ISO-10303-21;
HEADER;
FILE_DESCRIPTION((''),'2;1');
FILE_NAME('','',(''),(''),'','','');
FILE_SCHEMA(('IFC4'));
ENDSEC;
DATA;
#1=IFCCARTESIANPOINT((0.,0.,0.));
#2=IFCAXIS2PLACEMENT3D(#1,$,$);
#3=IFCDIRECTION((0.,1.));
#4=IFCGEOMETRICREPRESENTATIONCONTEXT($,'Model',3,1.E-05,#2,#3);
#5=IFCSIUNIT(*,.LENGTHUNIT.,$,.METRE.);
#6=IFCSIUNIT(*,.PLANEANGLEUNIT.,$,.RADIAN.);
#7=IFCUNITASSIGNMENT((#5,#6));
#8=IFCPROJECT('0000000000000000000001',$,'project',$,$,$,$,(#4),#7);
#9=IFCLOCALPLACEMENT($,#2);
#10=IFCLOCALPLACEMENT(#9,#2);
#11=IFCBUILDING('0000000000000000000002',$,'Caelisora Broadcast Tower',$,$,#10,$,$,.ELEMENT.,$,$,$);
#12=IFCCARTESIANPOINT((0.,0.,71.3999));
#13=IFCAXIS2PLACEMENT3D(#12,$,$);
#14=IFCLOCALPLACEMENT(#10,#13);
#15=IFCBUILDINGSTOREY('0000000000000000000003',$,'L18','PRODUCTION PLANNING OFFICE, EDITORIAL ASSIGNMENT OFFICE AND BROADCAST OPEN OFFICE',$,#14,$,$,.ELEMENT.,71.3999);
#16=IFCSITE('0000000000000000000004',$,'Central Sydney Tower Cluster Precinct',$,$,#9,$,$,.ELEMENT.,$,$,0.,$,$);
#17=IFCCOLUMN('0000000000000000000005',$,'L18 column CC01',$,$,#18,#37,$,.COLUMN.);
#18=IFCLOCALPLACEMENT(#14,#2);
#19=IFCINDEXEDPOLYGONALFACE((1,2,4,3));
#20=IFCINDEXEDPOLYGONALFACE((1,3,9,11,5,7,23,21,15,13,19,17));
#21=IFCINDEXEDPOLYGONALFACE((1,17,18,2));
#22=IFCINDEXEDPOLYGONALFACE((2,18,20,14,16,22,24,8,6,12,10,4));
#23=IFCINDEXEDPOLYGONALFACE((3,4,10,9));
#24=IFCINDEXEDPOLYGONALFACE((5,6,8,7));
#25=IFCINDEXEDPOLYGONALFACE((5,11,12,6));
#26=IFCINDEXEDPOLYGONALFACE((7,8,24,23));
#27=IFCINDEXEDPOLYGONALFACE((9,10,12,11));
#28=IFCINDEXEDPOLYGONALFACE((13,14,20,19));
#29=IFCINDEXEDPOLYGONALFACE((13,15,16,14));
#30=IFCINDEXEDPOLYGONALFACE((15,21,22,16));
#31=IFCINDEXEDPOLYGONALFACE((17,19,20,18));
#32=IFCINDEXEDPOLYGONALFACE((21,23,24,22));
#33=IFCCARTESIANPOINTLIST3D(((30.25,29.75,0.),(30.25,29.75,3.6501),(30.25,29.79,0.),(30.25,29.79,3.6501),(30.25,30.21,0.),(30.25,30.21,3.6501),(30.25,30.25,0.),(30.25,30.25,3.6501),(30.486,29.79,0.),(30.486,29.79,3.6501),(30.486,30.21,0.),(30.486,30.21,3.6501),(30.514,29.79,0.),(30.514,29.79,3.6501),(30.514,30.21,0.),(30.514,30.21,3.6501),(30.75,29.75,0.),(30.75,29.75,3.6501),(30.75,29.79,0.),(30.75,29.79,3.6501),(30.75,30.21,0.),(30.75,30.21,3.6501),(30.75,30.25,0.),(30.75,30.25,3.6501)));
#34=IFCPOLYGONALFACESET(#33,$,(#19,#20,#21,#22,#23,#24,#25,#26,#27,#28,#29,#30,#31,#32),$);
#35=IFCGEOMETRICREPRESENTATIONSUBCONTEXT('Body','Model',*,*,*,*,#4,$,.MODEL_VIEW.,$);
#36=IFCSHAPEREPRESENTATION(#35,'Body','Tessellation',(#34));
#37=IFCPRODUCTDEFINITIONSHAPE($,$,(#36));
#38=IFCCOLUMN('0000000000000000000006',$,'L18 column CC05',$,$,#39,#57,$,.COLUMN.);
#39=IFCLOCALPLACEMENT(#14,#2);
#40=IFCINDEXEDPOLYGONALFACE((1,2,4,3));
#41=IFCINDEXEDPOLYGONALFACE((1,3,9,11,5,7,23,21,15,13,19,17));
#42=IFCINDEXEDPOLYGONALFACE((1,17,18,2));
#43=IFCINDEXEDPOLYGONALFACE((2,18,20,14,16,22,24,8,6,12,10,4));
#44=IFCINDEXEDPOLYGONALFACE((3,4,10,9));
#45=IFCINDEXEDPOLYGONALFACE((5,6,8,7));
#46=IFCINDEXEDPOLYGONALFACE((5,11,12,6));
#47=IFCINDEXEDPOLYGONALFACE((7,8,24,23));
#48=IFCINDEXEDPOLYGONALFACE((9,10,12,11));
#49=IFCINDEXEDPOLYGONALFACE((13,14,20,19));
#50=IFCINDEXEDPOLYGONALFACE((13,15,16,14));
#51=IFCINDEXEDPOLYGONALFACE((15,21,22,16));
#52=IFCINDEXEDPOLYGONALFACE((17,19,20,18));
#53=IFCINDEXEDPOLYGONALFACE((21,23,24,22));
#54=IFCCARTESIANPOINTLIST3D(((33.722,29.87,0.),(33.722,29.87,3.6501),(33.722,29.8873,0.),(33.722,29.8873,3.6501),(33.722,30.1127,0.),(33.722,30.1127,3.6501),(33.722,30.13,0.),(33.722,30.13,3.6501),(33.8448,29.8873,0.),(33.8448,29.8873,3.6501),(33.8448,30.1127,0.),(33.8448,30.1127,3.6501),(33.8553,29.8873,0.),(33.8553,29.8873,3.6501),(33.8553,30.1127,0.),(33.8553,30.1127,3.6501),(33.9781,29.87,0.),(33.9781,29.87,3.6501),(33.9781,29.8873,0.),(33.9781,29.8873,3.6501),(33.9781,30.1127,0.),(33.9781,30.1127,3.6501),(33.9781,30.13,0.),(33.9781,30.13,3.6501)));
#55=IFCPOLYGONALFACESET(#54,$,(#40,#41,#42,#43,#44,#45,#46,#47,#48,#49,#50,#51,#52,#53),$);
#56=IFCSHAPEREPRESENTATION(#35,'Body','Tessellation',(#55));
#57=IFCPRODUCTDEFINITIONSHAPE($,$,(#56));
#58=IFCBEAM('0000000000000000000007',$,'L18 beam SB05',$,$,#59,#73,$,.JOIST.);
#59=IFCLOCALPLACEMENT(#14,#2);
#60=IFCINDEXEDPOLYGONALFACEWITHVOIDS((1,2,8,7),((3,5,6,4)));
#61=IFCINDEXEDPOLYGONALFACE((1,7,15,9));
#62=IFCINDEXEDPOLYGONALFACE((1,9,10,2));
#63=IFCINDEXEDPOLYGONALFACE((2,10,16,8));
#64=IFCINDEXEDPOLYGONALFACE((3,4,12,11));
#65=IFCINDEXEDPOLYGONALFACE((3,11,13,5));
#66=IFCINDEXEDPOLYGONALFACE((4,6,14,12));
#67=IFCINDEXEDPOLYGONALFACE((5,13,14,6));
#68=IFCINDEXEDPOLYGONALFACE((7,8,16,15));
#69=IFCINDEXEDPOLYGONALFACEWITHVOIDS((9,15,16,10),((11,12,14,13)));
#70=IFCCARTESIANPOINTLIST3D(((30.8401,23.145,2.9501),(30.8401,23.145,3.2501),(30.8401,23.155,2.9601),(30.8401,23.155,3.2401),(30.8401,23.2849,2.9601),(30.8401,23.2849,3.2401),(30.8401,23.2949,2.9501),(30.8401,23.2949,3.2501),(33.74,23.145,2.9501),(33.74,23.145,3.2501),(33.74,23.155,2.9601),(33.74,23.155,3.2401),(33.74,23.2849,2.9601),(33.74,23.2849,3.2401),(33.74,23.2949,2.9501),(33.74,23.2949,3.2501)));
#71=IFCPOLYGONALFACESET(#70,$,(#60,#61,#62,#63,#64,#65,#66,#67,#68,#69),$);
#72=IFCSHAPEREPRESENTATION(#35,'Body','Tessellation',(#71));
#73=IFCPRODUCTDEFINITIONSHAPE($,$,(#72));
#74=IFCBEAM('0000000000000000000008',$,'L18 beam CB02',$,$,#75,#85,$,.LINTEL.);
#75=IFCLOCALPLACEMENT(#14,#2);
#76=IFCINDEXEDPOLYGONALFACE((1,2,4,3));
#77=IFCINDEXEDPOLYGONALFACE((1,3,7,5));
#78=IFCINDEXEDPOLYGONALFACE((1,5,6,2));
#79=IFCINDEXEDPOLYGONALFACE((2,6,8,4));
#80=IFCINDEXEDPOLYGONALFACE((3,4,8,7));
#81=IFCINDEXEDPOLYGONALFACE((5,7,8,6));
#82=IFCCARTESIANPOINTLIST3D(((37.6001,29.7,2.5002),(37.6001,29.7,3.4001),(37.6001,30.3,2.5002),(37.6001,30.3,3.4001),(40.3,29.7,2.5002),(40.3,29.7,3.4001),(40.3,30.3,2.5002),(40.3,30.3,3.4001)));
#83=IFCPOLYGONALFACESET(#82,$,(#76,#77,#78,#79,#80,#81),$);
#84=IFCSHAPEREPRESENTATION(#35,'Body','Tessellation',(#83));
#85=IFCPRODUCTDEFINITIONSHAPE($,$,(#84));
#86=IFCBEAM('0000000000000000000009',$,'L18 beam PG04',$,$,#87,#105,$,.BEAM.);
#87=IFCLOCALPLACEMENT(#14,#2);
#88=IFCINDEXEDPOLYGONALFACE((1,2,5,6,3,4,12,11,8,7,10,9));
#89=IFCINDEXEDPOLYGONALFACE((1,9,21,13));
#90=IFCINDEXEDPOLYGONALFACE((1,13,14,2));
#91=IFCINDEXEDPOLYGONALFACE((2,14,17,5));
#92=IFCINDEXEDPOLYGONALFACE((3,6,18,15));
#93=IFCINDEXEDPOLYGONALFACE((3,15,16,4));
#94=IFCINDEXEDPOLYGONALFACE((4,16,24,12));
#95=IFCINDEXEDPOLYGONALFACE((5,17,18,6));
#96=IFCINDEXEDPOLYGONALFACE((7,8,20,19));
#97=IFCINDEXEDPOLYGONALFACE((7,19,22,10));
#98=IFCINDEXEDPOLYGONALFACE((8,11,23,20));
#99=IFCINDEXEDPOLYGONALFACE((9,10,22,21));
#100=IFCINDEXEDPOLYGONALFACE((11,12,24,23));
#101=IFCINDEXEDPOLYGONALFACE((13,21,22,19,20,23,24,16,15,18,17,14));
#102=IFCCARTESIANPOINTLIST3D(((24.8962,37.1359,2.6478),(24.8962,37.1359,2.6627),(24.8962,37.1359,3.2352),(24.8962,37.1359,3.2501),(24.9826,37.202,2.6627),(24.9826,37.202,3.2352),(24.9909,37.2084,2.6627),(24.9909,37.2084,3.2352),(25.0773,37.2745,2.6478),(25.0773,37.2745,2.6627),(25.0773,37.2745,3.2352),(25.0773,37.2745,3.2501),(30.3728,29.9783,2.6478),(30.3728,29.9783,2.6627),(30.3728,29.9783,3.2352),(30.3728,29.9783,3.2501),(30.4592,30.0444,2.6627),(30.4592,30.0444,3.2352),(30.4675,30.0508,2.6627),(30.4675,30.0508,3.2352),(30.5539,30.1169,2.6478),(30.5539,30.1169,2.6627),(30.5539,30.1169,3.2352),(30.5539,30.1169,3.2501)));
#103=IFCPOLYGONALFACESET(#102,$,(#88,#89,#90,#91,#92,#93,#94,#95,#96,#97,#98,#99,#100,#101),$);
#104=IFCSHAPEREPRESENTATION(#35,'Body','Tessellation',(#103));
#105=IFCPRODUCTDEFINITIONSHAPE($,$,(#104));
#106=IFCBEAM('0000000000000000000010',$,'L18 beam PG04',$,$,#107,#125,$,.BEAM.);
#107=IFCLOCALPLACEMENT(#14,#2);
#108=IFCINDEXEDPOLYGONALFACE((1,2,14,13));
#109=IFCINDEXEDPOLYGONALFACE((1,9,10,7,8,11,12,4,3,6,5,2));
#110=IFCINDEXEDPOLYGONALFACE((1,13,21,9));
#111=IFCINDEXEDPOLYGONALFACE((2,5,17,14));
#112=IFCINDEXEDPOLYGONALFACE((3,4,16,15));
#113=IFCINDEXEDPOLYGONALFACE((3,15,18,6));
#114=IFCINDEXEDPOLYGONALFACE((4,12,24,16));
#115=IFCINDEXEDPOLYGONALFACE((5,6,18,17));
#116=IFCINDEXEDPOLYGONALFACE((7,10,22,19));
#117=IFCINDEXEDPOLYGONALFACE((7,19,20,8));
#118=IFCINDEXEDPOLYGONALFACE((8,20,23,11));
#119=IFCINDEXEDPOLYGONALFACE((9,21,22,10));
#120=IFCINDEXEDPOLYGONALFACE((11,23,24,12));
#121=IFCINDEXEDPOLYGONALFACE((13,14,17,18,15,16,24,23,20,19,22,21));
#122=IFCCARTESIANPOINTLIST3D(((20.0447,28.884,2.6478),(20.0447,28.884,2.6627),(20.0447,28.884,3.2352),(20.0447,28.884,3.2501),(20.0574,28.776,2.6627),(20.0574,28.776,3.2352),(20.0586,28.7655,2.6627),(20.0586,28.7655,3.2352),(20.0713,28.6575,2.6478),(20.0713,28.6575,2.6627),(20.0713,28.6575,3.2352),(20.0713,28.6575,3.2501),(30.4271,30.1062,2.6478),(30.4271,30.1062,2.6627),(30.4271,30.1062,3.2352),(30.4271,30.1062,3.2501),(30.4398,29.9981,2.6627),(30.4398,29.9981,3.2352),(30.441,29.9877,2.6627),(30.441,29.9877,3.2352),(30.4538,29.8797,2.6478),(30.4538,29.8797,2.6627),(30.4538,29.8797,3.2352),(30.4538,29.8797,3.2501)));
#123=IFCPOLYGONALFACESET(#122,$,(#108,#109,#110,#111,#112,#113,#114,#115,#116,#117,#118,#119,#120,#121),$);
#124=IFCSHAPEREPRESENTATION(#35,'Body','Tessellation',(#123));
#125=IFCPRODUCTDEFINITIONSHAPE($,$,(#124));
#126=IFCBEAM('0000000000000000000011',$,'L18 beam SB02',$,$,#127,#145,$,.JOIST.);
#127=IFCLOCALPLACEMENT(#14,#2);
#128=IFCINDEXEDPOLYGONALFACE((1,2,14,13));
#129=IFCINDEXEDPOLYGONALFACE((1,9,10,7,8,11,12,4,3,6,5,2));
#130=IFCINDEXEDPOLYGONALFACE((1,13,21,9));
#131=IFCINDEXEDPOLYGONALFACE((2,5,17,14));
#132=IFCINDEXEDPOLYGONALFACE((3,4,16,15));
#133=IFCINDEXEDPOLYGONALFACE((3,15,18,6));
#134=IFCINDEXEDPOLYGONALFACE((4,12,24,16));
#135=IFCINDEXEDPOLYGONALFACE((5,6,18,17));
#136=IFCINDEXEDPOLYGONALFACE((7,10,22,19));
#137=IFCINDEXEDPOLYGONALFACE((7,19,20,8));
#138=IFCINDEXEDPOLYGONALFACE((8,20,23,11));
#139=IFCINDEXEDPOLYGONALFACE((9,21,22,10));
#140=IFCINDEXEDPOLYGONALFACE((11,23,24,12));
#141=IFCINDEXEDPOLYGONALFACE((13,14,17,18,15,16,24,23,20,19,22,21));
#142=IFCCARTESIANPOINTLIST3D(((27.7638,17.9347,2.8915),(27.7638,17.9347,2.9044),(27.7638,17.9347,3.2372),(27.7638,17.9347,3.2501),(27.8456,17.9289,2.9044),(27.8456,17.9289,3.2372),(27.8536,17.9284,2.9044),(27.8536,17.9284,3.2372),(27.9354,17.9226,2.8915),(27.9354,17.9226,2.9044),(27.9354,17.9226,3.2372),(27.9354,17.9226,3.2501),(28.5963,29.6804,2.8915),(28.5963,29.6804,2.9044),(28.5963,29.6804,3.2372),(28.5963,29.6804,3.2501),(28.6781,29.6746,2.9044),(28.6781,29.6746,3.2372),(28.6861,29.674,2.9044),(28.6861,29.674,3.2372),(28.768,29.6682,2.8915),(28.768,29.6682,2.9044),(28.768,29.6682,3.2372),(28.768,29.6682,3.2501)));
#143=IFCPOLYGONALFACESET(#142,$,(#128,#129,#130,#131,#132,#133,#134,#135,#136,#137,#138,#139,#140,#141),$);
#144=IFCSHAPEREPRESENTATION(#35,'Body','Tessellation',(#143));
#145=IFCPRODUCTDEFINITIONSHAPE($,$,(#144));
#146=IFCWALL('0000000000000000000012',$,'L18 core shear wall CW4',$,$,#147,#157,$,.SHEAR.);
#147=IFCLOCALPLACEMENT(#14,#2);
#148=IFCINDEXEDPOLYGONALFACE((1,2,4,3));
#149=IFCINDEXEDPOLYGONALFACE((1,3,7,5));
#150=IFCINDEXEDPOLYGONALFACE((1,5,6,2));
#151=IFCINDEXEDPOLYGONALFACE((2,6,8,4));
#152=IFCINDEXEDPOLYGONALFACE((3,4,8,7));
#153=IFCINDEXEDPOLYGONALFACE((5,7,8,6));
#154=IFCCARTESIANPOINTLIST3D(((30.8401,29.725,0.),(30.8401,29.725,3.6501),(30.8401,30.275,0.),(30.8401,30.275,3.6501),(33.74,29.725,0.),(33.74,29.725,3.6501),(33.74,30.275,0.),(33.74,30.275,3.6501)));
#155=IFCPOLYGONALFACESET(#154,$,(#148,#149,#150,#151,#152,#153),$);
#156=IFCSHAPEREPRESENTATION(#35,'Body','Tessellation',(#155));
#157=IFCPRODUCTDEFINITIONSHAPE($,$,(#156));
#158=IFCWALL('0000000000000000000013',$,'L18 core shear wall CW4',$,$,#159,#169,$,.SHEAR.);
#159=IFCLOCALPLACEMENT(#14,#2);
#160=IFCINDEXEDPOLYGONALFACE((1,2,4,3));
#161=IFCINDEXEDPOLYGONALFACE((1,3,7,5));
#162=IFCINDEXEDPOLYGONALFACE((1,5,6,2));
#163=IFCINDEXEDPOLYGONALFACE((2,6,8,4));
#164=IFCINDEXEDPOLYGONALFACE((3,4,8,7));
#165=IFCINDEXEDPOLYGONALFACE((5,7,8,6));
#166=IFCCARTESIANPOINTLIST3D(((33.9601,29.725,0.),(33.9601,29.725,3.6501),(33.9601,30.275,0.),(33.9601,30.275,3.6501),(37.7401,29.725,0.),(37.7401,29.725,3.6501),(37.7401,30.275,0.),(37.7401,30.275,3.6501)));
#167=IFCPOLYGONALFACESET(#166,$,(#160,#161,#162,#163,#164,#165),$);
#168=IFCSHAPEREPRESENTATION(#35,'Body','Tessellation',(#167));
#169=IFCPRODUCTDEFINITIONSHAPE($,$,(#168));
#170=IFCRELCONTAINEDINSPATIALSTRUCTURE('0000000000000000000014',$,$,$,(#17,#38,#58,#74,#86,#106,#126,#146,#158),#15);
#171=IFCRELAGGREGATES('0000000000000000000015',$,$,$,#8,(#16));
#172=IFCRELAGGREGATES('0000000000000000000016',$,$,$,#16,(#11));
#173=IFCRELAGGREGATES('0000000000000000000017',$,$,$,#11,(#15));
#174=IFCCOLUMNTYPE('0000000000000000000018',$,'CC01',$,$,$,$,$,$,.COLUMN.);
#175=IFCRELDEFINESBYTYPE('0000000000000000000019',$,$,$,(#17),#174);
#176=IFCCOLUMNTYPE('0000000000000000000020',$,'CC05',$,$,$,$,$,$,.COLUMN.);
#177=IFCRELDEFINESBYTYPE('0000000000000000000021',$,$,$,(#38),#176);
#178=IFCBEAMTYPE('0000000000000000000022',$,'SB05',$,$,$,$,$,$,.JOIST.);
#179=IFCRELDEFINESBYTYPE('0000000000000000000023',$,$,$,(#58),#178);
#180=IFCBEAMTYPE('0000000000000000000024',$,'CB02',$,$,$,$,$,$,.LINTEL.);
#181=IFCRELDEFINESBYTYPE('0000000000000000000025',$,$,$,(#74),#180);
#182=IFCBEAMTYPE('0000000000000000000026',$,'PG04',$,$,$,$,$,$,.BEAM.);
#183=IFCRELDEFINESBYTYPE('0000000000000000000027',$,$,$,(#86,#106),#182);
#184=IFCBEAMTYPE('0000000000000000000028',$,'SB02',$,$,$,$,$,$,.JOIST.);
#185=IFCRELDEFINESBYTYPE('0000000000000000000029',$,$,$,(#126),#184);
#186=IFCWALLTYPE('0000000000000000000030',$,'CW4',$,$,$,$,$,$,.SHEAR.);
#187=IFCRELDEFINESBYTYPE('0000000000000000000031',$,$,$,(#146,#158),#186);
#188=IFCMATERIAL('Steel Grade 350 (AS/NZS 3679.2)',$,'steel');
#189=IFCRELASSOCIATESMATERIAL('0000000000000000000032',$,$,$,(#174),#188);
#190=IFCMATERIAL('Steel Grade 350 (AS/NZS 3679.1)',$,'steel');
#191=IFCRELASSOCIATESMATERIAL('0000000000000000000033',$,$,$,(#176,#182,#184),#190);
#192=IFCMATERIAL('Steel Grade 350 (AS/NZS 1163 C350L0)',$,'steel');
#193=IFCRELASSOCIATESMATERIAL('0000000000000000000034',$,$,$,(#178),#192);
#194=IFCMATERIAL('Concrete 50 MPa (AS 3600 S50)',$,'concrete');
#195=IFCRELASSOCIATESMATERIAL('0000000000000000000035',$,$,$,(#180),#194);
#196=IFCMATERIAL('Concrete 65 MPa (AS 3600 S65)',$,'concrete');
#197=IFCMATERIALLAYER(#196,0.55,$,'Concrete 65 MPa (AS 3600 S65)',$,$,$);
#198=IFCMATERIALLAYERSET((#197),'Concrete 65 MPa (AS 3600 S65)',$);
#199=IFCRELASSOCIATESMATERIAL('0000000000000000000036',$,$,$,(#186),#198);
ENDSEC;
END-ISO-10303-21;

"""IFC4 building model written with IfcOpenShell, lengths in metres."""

from ifc_helpers import new_model, si_unit, direction, frame, frame_2d, origin, origin_2d, place, context, subcontext, project, spatial, rectangle, hollow_rectangle, i_section, extrude, source, transform, mapped, material, layer, layer_set, material_profile, profile_set, type_object, type_shapes, element, save


model = new_model("IFC4")

# Units and contexts
model_context = context("Model", 3, precision=1e-05, world=origin(), true_north=direction((0.0, 1.0)))
body_context = subcontext(model_context, "Body", "Model", "MODEL_VIEW")
ifc_project = project(units=[si_unit("LENGTHUNIT", "METRE"), si_unit("PLANEANGLEUNIT", "RADIAN")], contexts=[model_context])

# Site, building, storey
site_placement = place(None, origin())
site = spatial("IfcSite", under=ifc_project, at=site_placement, Name="Central Sydney Tower Cluster Precinct", CompositionType="ELEMENT", RefElevation=0.0)
building_placement = place(site_placement, origin())
building = spatial("IfcBuilding", under=site, at=building_placement, Name="Caelisora Broadcast Tower", CompositionType="ELEMENT")
storey_placement = place(building_placement, frame((0.0, 0.0, 71.3999)))
storey = spatial("IfcBuildingStorey", under=building, at=storey_placement, Name="L18", Description="PRODUCTION PLANNING OFFICE, EDITORIAL ASSIGNMENT OFFICE AND BROADCAST OPEN OFFICE", CompositionType="ELEMENT", Elevation=71.3999)

# Columns
ifc_material_1 = material(Name="Steel Grade 350 (AS/NZS 3679.2)", Category="steel")
ifc_material_profile_1 = material_profile(ifc_material_1, i_section(OverallWidth=0.5, OverallDepth=0.5, WebThickness=0.0281, FlangeThickness=0.04, at=origin_2d()), Name="Steel Grade 350 (AS/NZS 3679.2)")
ifc_profile_set_1 = profile_set([ifc_material_profile_1], Name="Steel Grade 350 (AS/NZS 3679.2)")
column_type_1 = type_object("IfcColumnType", Name="CC01", PredefinedType="COLUMN", material=ifc_profile_set_1)
shared_shape_1 = source(origin(), body_context, "Body", "SweptSolid", [
    extrude(i_section(OverallWidth=0.5, OverallDepth=0.5, WebThickness=0.0281, FlangeThickness=0.04, at=origin_2d()), origin(), (0.0, 0.0, 1.0), 3.6501),
])
type_shapes(column_type_1, [shared_shape_1])
column_1_placement = place(storey_placement, frame((30.5, 30.0, 0.0), z_axis=(0.0, 0.0, 1.0), x_axis=(1.0, 0.0, 0.0)))
element("IfcColumn", 1, at=column_1_placement, inside=storey, type_object=column_type_1, Name="L18 column CC01", PredefinedType="COLUMN", context=body_context, shape_type="MappedRepresentation", body=[
    mapped(shared_shape_1, transform((0.0, 0.0, 0.0), scale=1.0)),
])
ifc_material_2 = material(Name="Steel Grade 350 (AS/NZS 3679.1)", Category="steel")
ifc_material_profile_2 = material_profile(ifc_material_2, i_section(OverallWidth=0.2561, OverallDepth=0.26, WebThickness=0.0105, FlangeThickness=0.0173, at=origin_2d()), Name="Steel Grade 350 (AS/NZS 3679.1)")
ifc_profile_set_2 = profile_set([ifc_material_profile_2], Name="Steel Grade 350 (AS/NZS 3679.1)")
column_type_2 = type_object("IfcColumnType", Name="CC05", PredefinedType="COLUMN", material=ifc_profile_set_2)
shared_shape_2 = source(origin(), body_context, "Body", "SweptSolid", [
    extrude(i_section(OverallWidth=0.2561, OverallDepth=0.26, WebThickness=0.0105, FlangeThickness=0.0173, at=origin_2d()), origin(), (0.0, 0.0, 1.0), 3.6501),
])
type_shapes(column_type_2, [shared_shape_2])
column_2_placement = place(storey_placement, frame((33.8501, 30.0, 0.0), z_axis=(0.0, 0.0, 1.0), x_axis=(1.0, 0.0, 0.0)))
element("IfcColumn", 2, at=column_2_placement, inside=storey, type_object=column_type_2, Name="L18 column CC05", PredefinedType="COLUMN", context=body_context, shape_type="MappedRepresentation", body=[
    mapped(shared_shape_2, transform((0.0, 0.0, 0.0), scale=1.0)),
])

# Beams
ifc_material_3 = material(Name="Steel Grade 350 (AS/NZS 1163 C350L0)", Category="steel")
ifc_material_profile_3 = material_profile(ifc_material_3, hollow_rectangle(XDim=0.1499, YDim=0.3, WallThickness=0.01, at=origin_2d()), Name="Steel Grade 350 (AS/NZS 1163 C350L0)")
ifc_profile_set_3 = profile_set([ifc_material_profile_3], Name="Steel Grade 350 (AS/NZS 1163 C350L0)")
beam_type_1 = type_object("IfcBeamType", Name="SB05", PredefinedType="JOIST", material=ifc_profile_set_3)
shared_shape_3 = source(origin(), body_context, "Body", "SweptSolid", [
    extrude(hollow_rectangle(XDim=0.1499, YDim=0.3, WallThickness=0.01, at=origin_2d()), origin(), (0.0, 0.0, 1.0), 2.8999),
])
type_shapes(beam_type_1, [shared_shape_3])
beam_1_placement = place(storey_placement, frame((30.8401, 23.22, 3.1001), z_axis=(1.0, 0.0, 0.0), x_axis=(0.0, 1.0, 0.0)))
element("IfcBeam", 3, at=beam_1_placement, inside=storey, type_object=beam_type_1, Name="L18 beam SB05", PredefinedType="JOIST", context=body_context, shape_type="MappedRepresentation", body=[
    mapped(shared_shape_3, transform((0.0, 0.0, 0.0), scale=1.0)),
])
ifc_material_4 = material(Name="Concrete 50 MPa (AS 3600 S50)", Category="concrete")
ifc_material_profile_4 = material_profile(ifc_material_4, rectangle(XDim=0.6001, YDim=0.8999, at=origin_2d()), Name="Concrete 50 MPa (AS 3600 S50)")
ifc_profile_set_4 = profile_set([ifc_material_profile_4], Name="Concrete 50 MPa (AS 3600 S50)")
beam_type_2 = type_object("IfcBeamType", Name="CB02", PredefinedType="LINTEL", material=ifc_profile_set_4)
shared_shape_4 = source(origin(), body_context, "Body", "SweptSolid", [
    extrude(rectangle(XDim=0.6001, YDim=0.8999, at=origin_2d()), origin(), (0.0, 0.0, 1.0), 2.7),
])
type_shapes(beam_type_2, [shared_shape_4])
beam_2_placement = place(storey_placement, frame((37.6001, 30.0, 2.9502), z_axis=(1.0, 0.0, 0.0), x_axis=(0.0, 1.0, 0.0)))
element("IfcBeam", 4, at=beam_2_placement, inside=storey, type_object=beam_type_2, Name="L18 beam CB02", PredefinedType="LINTEL", context=body_context, shape_type="MappedRepresentation", body=[
    mapped(shared_shape_4, transform((0.0, 0.0, 0.0), scale=1.0)),
])
ifc_material_profile_5 = material_profile(ifc_material_2, i_section(OverallWidth=0.228, OverallDepth=0.6023, WebThickness=0.0105, FlangeThickness=0.0149, at=origin_2d()), Name="Steel Grade 350 (AS/NZS 3679.1)")
ifc_profile_set_5 = profile_set([ifc_material_profile_5], Name="Steel Grade 350 (AS/NZS 3679.1)")
beam_type_3 = type_object("IfcBeamType", Name="PG04", PredefinedType="BEAM", material=ifc_profile_set_5)
shared_shape_5 = source(origin(), body_context, "Body", "SweptSolid", [
    extrude(i_section(OverallWidth=0.228, OverallDepth=0.6023, WebThickness=0.0105, FlangeThickness=0.0149, at=origin_2d()), origin(), (0.0, 0.0, 1.0), 9.0125),
])
beam_3_placement = place(storey_placement, frame((30.4634, 30.0476, 2.949), z_axis=(-0.607674, 0.794186, 0.0), x_axis=(-0.794186, -0.607674, 0.0)))
element("IfcBeam", 5, at=beam_3_placement, inside=storey, type_object=beam_type_3, Name="L18 beam PG04", PredefinedType="BEAM", context=body_context, shape_type="MappedRepresentation", body=[
    mapped(shared_shape_5, transform((0.0, 0.0, 0.0), scale=1.0)),
])
shared_shape_6 = source(origin(), body_context, "Body", "SweptSolid", [
    extrude(i_section(OverallWidth=0.228, OverallDepth=0.6023, WebThickness=0.0105, FlangeThickness=0.0149, at=origin_2d()), origin(), (0.0, 0.0, 1.0), 10.4541),
])
type_shapes(beam_type_3, [shared_shape_5, shared_shape_6])
beam_4_placement = place(storey_placement, frame((30.4404, 29.9929, 2.949), z_axis=(-0.993143, -0.116909, 0.0), x_axis=(0.116909, -0.993143, 0.0)))
element("IfcBeam", 6, at=beam_4_placement, inside=storey, type_object=beam_type_3, Name="L18 beam PG04", PredefinedType="BEAM", context=body_context, shape_type="MappedRepresentation", body=[
    mapped(shared_shape_6, transform((0.0, 0.0, 0.0), scale=1.0)),
])
ifc_material_profile_6 = material_profile(ifc_material_2, i_section(OverallWidth=0.1721, OverallDepth=0.3586, WebThickness=0.0081, FlangeThickness=0.0129, at=origin_2d()), Name="Steel Grade 350 (AS/NZS 3679.1)")
ifc_profile_set_6 = profile_set([ifc_material_profile_6], Name="Steel Grade 350 (AS/NZS 3679.1)")
beam_type_4 = type_object("IfcBeamType", Name="SB02", PredefinedType="JOIST", material=ifc_profile_set_6)
shared_shape_7 = source(origin(), body_context, "Body", "SweptSolid", [
    extrude(i_section(OverallWidth=0.1721, OverallDepth=0.3586, WebThickness=0.0081, FlangeThickness=0.0129, at=origin_2d()), origin(), (0.0, 0.0, 1.0), 11.7751),
])
type_shapes(beam_type_4, [shared_shape_7])
beam_5_placement = place(storey_placement, frame((28.6821, 29.6743, 3.0708), z_axis=(-0.070702, -0.997497, 0.0), x_axis=(0.997497, -0.070702, 0.0)))
element("IfcBeam", 7, at=beam_5_placement, inside=storey, type_object=beam_type_4, Name="L18 beam SB02", PredefinedType="JOIST", context=body_context, shape_type="MappedRepresentation", body=[
    mapped(shared_shape_7, transform((0.0, 0.0, 0.0), scale=1.0)),
])

# Walls
ifc_material_5 = material(Name="Concrete 65 MPa (AS 3600 S65)", Category="concrete")
ifc_layer_1 = layer(ifc_material_5, 0.55, Name="Concrete 65 MPa (AS 3600 S65)")
ifc_layer_set_1 = layer_set([ifc_layer_1], Name="Concrete 65 MPa (AS 3600 S65)")
wall_type_1 = type_object("IfcWallType", Name="CW4", PredefinedType="SHEAR", material=ifc_layer_set_1)
wall_1_placement = place(storey_placement, frame((30.8401, 30.0, 0.0), z_axis=(0.0, 0.0, 1.0), x_axis=(1.0, 0.0, 0.0)))
element("IfcWall", 8, at=wall_1_placement, inside=storey, type_object=wall_type_1, Name="L18 core shear wall CW4", PredefinedType="SHEAR", context=body_context, shape_type="SweptSolid", body=[
    extrude(rectangle(XDim=2.8999, YDim=0.55, at=frame_2d((1.45, 0.0))), origin(), (0.0, 0.0, 1.0), 3.6501),
])
wall_2_placement = place(storey_placement, frame((33.96, 30.0, 0.0), z_axis=(0.0, 0.0, 1.0), x_axis=(1.0, 0.0, 0.0)))
element("IfcWall", 9, at=wall_2_placement, inside=storey, type_object=wall_type_1, Name="L18 core shear wall CW4", PredefinedType="SHEAR", context=body_context, shape_type="SweptSolid", body=[
    extrude(rectangle(XDim=3.78, YDim=0.55, at=frame_2d((1.8901, 0.0))), origin(), (0.0, 0.0, 1.0), 3.6501),
])

save(model, "model.ifc")
